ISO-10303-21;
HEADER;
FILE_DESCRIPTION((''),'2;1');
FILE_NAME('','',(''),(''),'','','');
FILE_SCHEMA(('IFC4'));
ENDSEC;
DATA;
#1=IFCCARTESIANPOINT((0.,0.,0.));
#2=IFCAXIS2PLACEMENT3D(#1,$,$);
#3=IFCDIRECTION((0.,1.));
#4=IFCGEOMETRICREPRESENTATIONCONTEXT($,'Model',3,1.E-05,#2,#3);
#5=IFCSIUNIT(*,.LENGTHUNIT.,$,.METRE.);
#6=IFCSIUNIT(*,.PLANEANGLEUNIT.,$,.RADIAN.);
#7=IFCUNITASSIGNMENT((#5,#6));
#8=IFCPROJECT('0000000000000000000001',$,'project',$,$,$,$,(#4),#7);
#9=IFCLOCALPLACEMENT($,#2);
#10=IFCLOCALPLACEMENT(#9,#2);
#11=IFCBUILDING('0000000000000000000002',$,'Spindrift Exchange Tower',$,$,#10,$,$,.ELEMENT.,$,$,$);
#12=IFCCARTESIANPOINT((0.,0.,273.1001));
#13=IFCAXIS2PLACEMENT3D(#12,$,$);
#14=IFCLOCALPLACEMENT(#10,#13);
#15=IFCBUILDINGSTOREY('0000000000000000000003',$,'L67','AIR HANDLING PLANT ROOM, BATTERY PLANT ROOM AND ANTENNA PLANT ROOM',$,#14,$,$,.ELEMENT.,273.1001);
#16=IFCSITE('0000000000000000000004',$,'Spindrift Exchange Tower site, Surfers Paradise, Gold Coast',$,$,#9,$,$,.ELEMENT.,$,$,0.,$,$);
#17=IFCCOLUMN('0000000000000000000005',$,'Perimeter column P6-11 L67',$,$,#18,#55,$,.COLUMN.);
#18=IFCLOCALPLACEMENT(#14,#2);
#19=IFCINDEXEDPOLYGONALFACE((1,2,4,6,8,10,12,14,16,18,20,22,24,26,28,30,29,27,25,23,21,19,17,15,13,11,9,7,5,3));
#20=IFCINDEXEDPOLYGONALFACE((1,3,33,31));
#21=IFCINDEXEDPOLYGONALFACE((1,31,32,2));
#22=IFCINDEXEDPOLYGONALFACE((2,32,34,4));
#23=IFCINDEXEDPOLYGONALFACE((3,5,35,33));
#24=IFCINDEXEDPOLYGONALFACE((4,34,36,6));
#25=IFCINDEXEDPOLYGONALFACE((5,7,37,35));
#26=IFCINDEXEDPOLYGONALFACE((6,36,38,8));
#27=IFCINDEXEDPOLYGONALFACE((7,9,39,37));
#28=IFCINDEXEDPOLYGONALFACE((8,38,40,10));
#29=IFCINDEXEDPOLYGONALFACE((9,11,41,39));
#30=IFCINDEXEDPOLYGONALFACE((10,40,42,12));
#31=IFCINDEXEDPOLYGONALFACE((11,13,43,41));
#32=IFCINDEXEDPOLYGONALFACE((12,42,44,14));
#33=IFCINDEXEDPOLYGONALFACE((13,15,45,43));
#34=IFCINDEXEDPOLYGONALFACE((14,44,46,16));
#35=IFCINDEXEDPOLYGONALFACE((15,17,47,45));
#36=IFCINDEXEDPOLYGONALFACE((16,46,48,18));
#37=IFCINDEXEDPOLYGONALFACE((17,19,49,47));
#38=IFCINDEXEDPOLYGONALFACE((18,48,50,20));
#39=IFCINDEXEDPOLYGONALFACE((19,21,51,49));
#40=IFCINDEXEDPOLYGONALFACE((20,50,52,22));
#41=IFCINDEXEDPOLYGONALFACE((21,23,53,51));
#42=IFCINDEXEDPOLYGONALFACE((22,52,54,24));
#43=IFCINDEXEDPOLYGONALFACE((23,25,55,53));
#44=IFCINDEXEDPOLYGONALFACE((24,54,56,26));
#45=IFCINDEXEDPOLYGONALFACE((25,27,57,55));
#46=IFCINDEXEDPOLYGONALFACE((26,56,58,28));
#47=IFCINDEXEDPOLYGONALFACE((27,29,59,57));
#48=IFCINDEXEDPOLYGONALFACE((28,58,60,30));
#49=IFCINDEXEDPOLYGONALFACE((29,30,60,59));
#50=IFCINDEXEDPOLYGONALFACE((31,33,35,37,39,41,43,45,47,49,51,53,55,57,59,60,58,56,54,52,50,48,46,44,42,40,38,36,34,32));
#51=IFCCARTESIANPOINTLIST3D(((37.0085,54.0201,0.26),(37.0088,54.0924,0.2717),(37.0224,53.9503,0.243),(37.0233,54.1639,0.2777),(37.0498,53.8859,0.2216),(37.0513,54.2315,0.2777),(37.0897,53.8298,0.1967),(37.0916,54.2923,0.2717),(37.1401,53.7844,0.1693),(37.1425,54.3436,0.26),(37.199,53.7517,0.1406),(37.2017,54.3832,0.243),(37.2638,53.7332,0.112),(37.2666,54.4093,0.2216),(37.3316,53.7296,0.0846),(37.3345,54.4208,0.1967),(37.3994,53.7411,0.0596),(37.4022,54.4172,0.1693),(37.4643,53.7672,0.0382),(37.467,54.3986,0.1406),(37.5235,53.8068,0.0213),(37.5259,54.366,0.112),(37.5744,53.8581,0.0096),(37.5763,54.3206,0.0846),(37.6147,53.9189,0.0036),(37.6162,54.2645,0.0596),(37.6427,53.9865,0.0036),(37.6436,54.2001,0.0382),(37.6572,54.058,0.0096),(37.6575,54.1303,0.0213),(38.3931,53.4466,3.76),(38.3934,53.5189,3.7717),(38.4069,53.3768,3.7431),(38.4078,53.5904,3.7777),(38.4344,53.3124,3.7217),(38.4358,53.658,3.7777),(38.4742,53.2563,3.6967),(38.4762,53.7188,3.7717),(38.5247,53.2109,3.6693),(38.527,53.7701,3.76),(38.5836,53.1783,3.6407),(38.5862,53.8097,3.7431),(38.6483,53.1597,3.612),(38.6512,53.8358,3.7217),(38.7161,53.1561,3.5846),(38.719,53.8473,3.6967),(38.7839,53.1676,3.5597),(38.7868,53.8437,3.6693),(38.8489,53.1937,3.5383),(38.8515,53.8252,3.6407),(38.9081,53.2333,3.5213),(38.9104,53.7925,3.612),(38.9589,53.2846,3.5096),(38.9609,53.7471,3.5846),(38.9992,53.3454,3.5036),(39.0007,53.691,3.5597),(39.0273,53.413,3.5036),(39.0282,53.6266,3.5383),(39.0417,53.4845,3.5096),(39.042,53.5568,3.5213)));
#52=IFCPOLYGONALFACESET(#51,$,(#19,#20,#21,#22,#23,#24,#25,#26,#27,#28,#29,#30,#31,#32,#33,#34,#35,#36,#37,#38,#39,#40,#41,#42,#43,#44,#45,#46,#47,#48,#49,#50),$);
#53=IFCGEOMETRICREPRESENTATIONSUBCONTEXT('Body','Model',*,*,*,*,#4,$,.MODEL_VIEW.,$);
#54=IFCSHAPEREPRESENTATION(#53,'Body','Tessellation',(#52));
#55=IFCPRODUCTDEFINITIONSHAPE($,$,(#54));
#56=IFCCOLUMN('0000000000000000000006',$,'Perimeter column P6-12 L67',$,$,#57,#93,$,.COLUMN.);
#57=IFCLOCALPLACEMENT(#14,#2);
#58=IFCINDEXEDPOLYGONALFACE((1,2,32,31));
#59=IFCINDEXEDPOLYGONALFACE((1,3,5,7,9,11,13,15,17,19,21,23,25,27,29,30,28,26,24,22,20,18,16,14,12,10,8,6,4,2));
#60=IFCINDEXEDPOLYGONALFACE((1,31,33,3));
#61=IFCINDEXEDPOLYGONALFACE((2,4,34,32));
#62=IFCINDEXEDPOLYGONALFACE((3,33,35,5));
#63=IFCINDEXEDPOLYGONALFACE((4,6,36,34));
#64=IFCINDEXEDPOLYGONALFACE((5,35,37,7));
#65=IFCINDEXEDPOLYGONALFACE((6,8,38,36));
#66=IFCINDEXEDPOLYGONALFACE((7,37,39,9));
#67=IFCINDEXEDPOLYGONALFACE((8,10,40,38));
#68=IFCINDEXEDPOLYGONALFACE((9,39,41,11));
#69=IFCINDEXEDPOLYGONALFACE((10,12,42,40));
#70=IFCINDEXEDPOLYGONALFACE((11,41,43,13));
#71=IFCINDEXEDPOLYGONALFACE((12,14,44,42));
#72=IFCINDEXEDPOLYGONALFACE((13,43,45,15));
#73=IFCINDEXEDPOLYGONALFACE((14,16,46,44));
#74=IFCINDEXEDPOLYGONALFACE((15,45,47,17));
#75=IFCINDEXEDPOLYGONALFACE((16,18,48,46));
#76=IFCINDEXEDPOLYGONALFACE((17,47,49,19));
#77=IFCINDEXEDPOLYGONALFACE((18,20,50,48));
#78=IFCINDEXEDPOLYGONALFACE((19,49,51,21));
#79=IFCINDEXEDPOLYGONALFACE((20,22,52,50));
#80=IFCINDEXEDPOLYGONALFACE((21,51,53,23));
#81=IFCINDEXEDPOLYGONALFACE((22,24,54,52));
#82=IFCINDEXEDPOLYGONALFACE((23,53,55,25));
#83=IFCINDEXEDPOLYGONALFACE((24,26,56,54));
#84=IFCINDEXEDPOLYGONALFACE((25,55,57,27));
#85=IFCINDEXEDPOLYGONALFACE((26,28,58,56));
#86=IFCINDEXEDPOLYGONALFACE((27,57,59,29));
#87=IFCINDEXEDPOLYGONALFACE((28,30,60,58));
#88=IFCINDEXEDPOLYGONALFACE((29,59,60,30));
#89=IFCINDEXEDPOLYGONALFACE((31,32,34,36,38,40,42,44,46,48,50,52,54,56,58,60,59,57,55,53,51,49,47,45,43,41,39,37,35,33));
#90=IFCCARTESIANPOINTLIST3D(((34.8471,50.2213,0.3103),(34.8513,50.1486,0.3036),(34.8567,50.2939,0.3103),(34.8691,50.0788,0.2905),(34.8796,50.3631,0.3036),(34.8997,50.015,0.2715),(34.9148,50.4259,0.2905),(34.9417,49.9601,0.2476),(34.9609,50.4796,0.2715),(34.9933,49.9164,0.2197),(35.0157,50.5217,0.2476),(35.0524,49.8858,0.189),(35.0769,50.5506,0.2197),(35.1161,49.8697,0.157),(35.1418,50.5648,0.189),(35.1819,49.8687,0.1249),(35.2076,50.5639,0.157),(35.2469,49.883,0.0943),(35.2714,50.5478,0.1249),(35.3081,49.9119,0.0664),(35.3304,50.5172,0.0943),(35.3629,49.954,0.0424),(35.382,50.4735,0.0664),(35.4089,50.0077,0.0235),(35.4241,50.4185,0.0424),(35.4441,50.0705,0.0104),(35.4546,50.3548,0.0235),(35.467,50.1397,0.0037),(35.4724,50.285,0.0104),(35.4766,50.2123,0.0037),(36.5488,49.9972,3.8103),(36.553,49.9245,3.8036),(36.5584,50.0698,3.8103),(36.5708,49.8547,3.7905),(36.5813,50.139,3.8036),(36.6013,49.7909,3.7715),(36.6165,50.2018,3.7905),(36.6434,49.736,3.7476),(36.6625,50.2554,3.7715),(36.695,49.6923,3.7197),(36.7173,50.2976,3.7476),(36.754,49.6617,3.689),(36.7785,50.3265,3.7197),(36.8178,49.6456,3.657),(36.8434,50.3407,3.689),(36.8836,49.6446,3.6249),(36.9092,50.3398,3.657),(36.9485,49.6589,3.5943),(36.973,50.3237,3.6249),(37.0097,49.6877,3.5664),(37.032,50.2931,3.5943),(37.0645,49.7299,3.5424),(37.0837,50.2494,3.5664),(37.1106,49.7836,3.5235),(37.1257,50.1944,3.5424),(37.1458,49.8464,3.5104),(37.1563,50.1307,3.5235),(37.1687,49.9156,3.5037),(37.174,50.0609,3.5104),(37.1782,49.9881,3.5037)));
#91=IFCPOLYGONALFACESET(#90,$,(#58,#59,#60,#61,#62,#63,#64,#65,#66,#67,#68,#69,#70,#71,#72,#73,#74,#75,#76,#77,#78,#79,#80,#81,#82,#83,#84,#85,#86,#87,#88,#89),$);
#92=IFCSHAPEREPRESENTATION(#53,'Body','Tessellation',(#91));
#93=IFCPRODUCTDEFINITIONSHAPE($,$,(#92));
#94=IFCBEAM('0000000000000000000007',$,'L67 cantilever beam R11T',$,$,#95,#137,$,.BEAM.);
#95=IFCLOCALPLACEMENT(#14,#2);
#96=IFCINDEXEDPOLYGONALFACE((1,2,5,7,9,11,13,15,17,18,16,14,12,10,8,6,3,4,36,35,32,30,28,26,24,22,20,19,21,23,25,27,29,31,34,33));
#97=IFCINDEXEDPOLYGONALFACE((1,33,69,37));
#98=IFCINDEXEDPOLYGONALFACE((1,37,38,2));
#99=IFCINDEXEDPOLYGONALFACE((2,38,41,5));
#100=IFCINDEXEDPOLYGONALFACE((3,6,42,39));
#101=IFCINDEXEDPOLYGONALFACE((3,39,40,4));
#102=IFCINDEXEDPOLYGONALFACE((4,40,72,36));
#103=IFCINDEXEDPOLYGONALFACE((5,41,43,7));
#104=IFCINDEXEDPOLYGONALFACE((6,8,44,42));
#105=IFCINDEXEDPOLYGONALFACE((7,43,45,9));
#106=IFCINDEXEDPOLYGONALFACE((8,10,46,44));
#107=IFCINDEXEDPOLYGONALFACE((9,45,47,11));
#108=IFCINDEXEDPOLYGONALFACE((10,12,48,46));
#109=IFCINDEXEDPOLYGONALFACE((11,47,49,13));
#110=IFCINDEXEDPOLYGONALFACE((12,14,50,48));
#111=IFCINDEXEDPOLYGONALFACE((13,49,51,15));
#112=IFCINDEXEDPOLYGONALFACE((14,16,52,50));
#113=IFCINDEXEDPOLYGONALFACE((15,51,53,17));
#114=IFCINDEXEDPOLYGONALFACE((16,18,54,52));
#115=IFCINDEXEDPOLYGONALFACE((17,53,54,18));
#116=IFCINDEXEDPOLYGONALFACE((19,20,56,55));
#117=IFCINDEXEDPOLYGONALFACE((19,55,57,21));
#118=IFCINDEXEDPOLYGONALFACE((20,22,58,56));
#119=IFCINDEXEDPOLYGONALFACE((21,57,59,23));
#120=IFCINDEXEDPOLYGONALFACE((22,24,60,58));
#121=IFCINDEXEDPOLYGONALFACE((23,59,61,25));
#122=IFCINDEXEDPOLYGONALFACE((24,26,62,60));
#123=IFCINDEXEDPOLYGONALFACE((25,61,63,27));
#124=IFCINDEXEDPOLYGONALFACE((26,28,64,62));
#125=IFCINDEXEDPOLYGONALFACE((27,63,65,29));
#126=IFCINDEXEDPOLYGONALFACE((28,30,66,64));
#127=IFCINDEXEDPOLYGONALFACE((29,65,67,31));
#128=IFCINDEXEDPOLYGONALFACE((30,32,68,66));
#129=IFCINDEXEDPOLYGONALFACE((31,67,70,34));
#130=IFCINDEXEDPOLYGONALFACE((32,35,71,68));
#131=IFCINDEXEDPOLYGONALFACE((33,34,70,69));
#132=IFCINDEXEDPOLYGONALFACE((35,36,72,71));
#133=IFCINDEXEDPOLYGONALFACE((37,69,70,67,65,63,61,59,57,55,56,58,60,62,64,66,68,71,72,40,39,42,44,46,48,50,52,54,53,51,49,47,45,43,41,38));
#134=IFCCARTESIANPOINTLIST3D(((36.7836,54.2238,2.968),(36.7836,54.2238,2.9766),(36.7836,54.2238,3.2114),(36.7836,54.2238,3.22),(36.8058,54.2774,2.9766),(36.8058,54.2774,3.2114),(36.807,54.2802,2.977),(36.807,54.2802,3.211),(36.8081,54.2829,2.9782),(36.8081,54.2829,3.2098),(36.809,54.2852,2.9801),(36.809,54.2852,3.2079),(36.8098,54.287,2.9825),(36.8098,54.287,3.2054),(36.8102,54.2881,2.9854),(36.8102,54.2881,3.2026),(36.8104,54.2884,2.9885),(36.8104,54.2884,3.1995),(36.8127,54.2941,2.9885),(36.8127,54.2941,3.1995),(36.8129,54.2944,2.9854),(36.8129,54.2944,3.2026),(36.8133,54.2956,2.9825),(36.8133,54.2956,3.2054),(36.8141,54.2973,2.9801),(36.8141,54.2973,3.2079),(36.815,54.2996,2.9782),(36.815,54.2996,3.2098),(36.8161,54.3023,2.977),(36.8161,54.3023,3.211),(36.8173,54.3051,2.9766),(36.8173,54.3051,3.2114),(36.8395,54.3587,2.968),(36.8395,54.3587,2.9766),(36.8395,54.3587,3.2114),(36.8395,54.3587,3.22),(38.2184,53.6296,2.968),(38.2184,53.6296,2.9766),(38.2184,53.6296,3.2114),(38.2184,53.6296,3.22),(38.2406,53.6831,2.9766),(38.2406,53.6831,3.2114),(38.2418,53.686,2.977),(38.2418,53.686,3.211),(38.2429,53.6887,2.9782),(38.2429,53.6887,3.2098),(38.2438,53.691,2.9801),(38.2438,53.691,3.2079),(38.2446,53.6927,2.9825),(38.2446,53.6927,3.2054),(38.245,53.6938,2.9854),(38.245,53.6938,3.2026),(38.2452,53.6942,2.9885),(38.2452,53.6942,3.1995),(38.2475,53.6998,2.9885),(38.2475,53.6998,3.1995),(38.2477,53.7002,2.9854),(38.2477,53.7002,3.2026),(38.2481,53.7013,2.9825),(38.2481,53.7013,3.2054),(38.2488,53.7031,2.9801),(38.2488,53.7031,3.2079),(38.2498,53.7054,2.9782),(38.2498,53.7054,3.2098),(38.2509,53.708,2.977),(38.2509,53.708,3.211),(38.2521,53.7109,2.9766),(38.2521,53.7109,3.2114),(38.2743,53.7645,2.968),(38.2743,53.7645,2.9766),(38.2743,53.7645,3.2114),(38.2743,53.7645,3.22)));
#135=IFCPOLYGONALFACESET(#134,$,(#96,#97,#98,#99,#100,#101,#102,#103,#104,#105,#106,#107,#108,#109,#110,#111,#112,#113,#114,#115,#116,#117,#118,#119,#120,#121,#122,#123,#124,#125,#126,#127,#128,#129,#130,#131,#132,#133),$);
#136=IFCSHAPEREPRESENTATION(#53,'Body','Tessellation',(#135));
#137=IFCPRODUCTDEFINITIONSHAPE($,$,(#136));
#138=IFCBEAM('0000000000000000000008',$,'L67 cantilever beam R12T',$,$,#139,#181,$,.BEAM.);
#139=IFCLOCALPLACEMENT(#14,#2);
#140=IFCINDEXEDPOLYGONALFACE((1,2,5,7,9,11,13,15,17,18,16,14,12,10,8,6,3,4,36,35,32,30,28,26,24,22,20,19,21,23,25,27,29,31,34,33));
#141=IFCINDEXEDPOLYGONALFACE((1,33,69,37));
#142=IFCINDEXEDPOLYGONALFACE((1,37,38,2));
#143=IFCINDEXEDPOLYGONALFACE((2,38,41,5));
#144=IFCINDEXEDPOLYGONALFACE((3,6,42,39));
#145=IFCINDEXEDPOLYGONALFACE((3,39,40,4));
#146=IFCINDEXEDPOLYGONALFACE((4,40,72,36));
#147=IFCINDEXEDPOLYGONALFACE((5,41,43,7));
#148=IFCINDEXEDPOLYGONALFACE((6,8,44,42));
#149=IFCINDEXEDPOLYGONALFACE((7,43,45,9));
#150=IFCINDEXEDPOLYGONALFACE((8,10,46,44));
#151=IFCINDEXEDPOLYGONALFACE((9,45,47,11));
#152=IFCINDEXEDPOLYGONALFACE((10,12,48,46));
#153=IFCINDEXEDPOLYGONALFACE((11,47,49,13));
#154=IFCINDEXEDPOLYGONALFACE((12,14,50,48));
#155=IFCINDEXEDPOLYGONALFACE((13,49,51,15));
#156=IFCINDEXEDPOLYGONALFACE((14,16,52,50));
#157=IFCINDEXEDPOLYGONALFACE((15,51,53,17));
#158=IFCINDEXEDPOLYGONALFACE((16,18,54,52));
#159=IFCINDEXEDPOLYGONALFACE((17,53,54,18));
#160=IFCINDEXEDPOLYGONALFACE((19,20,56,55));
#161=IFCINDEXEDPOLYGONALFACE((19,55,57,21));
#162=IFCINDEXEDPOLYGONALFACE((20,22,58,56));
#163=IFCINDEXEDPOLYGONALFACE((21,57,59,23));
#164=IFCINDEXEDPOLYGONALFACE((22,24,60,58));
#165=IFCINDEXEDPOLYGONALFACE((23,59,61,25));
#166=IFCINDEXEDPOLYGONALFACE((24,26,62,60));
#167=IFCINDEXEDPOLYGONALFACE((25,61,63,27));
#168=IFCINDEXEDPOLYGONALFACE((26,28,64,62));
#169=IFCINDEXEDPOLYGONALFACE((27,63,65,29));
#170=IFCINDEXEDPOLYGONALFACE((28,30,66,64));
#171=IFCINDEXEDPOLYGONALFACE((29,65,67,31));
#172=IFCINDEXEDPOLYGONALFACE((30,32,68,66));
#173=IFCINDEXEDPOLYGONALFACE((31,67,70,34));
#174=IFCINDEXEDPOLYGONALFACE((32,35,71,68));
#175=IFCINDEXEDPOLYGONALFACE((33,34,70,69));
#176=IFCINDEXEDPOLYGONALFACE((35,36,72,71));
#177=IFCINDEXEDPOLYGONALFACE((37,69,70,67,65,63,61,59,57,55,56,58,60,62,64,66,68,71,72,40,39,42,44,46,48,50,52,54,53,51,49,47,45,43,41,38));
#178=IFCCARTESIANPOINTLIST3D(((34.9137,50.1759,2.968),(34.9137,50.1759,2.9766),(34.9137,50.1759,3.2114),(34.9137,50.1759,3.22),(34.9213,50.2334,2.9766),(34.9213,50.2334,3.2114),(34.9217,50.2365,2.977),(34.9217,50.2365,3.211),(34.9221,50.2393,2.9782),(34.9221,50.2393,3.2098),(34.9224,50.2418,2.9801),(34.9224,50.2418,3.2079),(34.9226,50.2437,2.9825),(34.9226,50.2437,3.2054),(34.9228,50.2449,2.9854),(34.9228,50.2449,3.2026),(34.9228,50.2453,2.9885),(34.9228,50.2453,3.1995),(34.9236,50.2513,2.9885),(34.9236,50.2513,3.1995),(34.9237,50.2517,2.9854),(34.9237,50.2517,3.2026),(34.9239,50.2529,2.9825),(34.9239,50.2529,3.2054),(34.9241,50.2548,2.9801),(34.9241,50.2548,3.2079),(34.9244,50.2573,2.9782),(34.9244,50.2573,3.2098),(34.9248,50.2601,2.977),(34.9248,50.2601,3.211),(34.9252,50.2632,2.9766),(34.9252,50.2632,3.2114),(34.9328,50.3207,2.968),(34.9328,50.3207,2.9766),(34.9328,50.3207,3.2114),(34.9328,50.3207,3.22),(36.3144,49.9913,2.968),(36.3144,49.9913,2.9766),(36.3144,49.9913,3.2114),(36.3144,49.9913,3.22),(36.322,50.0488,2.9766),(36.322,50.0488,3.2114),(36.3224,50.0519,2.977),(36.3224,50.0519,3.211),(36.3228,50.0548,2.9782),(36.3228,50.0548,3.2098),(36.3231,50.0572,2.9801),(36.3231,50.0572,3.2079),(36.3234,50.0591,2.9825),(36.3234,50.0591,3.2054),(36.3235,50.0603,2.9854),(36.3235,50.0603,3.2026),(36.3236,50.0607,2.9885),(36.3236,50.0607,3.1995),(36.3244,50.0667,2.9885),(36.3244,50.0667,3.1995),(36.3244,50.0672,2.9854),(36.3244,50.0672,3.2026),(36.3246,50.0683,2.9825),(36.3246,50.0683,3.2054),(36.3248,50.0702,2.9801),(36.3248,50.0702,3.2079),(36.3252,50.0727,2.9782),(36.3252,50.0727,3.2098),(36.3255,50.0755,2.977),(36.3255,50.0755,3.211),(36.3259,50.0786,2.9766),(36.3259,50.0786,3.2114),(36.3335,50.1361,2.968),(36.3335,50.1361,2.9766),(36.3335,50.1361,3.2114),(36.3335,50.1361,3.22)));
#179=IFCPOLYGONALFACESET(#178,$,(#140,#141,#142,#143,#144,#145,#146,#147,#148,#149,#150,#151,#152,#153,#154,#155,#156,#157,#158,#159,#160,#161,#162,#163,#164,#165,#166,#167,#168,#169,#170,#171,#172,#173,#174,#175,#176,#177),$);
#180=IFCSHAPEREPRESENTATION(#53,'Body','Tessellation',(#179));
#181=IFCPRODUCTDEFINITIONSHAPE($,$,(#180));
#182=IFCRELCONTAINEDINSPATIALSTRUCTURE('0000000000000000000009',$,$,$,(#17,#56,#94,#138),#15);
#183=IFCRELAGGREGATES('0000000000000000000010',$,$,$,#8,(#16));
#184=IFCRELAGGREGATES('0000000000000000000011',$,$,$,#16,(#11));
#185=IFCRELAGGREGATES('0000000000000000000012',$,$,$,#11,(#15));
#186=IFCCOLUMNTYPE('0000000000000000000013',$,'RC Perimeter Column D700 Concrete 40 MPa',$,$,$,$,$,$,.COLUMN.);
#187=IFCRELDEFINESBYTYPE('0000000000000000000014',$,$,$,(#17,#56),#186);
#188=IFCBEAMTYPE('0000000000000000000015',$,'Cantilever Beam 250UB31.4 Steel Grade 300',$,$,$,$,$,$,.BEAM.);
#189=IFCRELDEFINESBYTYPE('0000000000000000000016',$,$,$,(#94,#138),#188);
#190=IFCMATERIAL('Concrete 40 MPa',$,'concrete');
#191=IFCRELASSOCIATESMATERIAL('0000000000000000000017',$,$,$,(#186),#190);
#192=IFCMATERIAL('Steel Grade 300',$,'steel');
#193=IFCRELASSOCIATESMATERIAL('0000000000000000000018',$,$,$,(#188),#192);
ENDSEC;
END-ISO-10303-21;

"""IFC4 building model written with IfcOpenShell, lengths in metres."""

from ifc_helpers import new_model, si_unit, direction, frame, origin, origin_2d, place, context, subcontext, project, spatial, circle, i_section, extrude, source, transform, mapped, material, material_profile, profile_set, type_object, element, save


model = new_model("IFC4")

# Units and contexts
model_context = context("Model", 3, precision=1e-05, world=origin(), true_north=direction((0.0, 1.0)))
body_context = subcontext(model_context, "Body", "Model", "MODEL_VIEW")
ifc_project = project(units=[si_unit("LENGTHUNIT", "METRE"), si_unit("PLANEANGLEUNIT", "RADIAN")], contexts=[model_context])

# Site, building, storey
site_placement = place(None, origin())
site = spatial("IfcSite", under=ifc_project, at=site_placement, Name="Spindrift Exchange Tower site, Surfers Paradise, Gold Coast", CompositionType="ELEMENT", RefElevation=0.0)
building_placement = place(site_placement, origin())
building = spatial("IfcBuilding", under=site, at=building_placement, Name="Spindrift Exchange Tower", CompositionType="ELEMENT")
storey_placement = place(building_placement, frame((0.0, 0.0, 273.1001)))
storey = spatial("IfcBuildingStorey", under=building, at=storey_placement, Name="L67", Description="AIR HANDLING PLANT ROOM, BATTERY PLANT ROOM AND ANTENNA PLANT ROOM", CompositionType="ELEMENT", Elevation=273.1001)

# Columns
ifc_material_1 = material(Name="Concrete 40 MPa", Category="concrete")
ifc_material_profile_1 = material_profile(ifc_material_1, circle(Radius=0.3501, at=origin_2d()), Name="RC D700")
ifc_profile_set_1 = profile_set([ifc_material_profile_1], Name="Concrete 40 MPa")
column_type = type_object("IfcColumnType", Name="RC Perimeter Column D700 Concrete 40 MPa", PredefinedType="COLUMN", material=ifc_profile_set_1)
shared_shape_1 = source(origin(), body_context, "Body", "SweptSolid", [
    extrude(circle(Radius=0.3501, at=origin_2d()), origin(), (0.0, 0.0, 1.0), 3.8074),
])
column_1_placement = place(storey_placement, frame((37.333, 54.0752, 0.1406), z_axis=(0.363646, -0.150627, 0.919279), x_axis=(0.382683, 0.92388, 0.0)))
element("IfcColumn", 1, at=column_1_placement, inside=storey, type_object=column_type, Name="Perimeter column P6-11 L67", PredefinedType="COLUMN", context=body_context, shape_type="MappedRepresentation", body=[
    mapped(shared_shape_1, transform((0.0, 0.0, 0.0), scale=1.0)),
])
shared_shape_2 = source(origin(), body_context, "Body", "SweptSolid", [
    extrude(circle(Radius=0.3501, at=origin_2d()), origin(), (0.0, 0.0, 1.0), 3.8982),
])
column_2_placement = place(storey_placement, frame((35.1619, 50.2168, 0.157), z_axis=(0.436526, -0.057494, 0.897853), x_axis=(0.13058, 0.991438, 0.0)))
element("IfcColumn", 2, at=column_2_placement, inside=storey, type_object=column_type, Name="Perimeter column P6-12 L67", PredefinedType="COLUMN", context=body_context, shape_type="MappedRepresentation", body=[
    mapped(shared_shape_2, transform((0.0, 0.0, 0.0), scale=1.0)),
])

# Beams
ifc_material_2 = material(Name="Steel Grade 300", Category="steel")
ifc_material_profile_2 = material_profile(ifc_material_2, i_section(OverallWidth=0.146, OverallDepth=0.252, WebThickness=0.0061, FlangeThickness=0.0085, FilletRadius=0.012, at=origin_2d()), Name="250UB31.4")
ifc_profile_set_2 = profile_set([ifc_material_profile_2], Name="Steel Grade 300")
beam_type_1 = type_object("IfcBeamType", Name="Cantilever Beam 250UB31.4 Steel Grade 300", PredefinedType="BEAM", material=ifc_profile_set_2)
shared_shape_3 = source(origin(), body_context, "Body", "SweptSolid", [
    extrude(i_section(OverallWidth=0.146, OverallDepth=0.252, WebThickness=0.0061, FlangeThickness=0.0085, FilletRadius=0.012, at=origin_2d()), origin(), (0.0, 0.0, 1.0), 1.553),
])
beam_1_placement = place(storey_placement, frame((38.2463, 53.697, 3.094), z_axis=(-0.923898, 0.382639, 0.0), x_axis=(-0.382639, -0.923898, 0.0)))
element("IfcBeam", 3, at=beam_1_placement, inside=storey, type_object=beam_type_1, Name="L67 cantilever beam R11T", PredefinedType="BEAM", context=body_context, shape_type="MappedRepresentation", body=[
    mapped(shared_shape_3, transform((0.0, 0.0, 0.0), scale=1.0)),
])
shared_shape_4 = source(origin(), body_context, "Body", "SweptSolid", [
    extrude(i_section(OverallWidth=0.146, OverallDepth=0.252, WebThickness=0.0061, FlangeThickness=0.0085, FilletRadius=0.012, at=origin_2d()), origin(), (0.0, 0.0, 1.0), 1.4128),
])
beam_2_placement = place(storey_placement, frame((36.324, 50.0637, 3.094), z_axis=(-0.991429, 0.130647, 0.0), x_axis=(-0.130647, -0.991429, 0.0)))
element("IfcBeam", 4, at=beam_2_placement, inside=storey, type_object=beam_type_1, Name="L67 cantilever beam R12T", PredefinedType="BEAM", context=body_context, shape_type="MappedRepresentation", body=[
    mapped(shared_shape_4, transform((0.0, 0.0, 0.0), scale=1.0)),
])

save(model, "model.ifc")
